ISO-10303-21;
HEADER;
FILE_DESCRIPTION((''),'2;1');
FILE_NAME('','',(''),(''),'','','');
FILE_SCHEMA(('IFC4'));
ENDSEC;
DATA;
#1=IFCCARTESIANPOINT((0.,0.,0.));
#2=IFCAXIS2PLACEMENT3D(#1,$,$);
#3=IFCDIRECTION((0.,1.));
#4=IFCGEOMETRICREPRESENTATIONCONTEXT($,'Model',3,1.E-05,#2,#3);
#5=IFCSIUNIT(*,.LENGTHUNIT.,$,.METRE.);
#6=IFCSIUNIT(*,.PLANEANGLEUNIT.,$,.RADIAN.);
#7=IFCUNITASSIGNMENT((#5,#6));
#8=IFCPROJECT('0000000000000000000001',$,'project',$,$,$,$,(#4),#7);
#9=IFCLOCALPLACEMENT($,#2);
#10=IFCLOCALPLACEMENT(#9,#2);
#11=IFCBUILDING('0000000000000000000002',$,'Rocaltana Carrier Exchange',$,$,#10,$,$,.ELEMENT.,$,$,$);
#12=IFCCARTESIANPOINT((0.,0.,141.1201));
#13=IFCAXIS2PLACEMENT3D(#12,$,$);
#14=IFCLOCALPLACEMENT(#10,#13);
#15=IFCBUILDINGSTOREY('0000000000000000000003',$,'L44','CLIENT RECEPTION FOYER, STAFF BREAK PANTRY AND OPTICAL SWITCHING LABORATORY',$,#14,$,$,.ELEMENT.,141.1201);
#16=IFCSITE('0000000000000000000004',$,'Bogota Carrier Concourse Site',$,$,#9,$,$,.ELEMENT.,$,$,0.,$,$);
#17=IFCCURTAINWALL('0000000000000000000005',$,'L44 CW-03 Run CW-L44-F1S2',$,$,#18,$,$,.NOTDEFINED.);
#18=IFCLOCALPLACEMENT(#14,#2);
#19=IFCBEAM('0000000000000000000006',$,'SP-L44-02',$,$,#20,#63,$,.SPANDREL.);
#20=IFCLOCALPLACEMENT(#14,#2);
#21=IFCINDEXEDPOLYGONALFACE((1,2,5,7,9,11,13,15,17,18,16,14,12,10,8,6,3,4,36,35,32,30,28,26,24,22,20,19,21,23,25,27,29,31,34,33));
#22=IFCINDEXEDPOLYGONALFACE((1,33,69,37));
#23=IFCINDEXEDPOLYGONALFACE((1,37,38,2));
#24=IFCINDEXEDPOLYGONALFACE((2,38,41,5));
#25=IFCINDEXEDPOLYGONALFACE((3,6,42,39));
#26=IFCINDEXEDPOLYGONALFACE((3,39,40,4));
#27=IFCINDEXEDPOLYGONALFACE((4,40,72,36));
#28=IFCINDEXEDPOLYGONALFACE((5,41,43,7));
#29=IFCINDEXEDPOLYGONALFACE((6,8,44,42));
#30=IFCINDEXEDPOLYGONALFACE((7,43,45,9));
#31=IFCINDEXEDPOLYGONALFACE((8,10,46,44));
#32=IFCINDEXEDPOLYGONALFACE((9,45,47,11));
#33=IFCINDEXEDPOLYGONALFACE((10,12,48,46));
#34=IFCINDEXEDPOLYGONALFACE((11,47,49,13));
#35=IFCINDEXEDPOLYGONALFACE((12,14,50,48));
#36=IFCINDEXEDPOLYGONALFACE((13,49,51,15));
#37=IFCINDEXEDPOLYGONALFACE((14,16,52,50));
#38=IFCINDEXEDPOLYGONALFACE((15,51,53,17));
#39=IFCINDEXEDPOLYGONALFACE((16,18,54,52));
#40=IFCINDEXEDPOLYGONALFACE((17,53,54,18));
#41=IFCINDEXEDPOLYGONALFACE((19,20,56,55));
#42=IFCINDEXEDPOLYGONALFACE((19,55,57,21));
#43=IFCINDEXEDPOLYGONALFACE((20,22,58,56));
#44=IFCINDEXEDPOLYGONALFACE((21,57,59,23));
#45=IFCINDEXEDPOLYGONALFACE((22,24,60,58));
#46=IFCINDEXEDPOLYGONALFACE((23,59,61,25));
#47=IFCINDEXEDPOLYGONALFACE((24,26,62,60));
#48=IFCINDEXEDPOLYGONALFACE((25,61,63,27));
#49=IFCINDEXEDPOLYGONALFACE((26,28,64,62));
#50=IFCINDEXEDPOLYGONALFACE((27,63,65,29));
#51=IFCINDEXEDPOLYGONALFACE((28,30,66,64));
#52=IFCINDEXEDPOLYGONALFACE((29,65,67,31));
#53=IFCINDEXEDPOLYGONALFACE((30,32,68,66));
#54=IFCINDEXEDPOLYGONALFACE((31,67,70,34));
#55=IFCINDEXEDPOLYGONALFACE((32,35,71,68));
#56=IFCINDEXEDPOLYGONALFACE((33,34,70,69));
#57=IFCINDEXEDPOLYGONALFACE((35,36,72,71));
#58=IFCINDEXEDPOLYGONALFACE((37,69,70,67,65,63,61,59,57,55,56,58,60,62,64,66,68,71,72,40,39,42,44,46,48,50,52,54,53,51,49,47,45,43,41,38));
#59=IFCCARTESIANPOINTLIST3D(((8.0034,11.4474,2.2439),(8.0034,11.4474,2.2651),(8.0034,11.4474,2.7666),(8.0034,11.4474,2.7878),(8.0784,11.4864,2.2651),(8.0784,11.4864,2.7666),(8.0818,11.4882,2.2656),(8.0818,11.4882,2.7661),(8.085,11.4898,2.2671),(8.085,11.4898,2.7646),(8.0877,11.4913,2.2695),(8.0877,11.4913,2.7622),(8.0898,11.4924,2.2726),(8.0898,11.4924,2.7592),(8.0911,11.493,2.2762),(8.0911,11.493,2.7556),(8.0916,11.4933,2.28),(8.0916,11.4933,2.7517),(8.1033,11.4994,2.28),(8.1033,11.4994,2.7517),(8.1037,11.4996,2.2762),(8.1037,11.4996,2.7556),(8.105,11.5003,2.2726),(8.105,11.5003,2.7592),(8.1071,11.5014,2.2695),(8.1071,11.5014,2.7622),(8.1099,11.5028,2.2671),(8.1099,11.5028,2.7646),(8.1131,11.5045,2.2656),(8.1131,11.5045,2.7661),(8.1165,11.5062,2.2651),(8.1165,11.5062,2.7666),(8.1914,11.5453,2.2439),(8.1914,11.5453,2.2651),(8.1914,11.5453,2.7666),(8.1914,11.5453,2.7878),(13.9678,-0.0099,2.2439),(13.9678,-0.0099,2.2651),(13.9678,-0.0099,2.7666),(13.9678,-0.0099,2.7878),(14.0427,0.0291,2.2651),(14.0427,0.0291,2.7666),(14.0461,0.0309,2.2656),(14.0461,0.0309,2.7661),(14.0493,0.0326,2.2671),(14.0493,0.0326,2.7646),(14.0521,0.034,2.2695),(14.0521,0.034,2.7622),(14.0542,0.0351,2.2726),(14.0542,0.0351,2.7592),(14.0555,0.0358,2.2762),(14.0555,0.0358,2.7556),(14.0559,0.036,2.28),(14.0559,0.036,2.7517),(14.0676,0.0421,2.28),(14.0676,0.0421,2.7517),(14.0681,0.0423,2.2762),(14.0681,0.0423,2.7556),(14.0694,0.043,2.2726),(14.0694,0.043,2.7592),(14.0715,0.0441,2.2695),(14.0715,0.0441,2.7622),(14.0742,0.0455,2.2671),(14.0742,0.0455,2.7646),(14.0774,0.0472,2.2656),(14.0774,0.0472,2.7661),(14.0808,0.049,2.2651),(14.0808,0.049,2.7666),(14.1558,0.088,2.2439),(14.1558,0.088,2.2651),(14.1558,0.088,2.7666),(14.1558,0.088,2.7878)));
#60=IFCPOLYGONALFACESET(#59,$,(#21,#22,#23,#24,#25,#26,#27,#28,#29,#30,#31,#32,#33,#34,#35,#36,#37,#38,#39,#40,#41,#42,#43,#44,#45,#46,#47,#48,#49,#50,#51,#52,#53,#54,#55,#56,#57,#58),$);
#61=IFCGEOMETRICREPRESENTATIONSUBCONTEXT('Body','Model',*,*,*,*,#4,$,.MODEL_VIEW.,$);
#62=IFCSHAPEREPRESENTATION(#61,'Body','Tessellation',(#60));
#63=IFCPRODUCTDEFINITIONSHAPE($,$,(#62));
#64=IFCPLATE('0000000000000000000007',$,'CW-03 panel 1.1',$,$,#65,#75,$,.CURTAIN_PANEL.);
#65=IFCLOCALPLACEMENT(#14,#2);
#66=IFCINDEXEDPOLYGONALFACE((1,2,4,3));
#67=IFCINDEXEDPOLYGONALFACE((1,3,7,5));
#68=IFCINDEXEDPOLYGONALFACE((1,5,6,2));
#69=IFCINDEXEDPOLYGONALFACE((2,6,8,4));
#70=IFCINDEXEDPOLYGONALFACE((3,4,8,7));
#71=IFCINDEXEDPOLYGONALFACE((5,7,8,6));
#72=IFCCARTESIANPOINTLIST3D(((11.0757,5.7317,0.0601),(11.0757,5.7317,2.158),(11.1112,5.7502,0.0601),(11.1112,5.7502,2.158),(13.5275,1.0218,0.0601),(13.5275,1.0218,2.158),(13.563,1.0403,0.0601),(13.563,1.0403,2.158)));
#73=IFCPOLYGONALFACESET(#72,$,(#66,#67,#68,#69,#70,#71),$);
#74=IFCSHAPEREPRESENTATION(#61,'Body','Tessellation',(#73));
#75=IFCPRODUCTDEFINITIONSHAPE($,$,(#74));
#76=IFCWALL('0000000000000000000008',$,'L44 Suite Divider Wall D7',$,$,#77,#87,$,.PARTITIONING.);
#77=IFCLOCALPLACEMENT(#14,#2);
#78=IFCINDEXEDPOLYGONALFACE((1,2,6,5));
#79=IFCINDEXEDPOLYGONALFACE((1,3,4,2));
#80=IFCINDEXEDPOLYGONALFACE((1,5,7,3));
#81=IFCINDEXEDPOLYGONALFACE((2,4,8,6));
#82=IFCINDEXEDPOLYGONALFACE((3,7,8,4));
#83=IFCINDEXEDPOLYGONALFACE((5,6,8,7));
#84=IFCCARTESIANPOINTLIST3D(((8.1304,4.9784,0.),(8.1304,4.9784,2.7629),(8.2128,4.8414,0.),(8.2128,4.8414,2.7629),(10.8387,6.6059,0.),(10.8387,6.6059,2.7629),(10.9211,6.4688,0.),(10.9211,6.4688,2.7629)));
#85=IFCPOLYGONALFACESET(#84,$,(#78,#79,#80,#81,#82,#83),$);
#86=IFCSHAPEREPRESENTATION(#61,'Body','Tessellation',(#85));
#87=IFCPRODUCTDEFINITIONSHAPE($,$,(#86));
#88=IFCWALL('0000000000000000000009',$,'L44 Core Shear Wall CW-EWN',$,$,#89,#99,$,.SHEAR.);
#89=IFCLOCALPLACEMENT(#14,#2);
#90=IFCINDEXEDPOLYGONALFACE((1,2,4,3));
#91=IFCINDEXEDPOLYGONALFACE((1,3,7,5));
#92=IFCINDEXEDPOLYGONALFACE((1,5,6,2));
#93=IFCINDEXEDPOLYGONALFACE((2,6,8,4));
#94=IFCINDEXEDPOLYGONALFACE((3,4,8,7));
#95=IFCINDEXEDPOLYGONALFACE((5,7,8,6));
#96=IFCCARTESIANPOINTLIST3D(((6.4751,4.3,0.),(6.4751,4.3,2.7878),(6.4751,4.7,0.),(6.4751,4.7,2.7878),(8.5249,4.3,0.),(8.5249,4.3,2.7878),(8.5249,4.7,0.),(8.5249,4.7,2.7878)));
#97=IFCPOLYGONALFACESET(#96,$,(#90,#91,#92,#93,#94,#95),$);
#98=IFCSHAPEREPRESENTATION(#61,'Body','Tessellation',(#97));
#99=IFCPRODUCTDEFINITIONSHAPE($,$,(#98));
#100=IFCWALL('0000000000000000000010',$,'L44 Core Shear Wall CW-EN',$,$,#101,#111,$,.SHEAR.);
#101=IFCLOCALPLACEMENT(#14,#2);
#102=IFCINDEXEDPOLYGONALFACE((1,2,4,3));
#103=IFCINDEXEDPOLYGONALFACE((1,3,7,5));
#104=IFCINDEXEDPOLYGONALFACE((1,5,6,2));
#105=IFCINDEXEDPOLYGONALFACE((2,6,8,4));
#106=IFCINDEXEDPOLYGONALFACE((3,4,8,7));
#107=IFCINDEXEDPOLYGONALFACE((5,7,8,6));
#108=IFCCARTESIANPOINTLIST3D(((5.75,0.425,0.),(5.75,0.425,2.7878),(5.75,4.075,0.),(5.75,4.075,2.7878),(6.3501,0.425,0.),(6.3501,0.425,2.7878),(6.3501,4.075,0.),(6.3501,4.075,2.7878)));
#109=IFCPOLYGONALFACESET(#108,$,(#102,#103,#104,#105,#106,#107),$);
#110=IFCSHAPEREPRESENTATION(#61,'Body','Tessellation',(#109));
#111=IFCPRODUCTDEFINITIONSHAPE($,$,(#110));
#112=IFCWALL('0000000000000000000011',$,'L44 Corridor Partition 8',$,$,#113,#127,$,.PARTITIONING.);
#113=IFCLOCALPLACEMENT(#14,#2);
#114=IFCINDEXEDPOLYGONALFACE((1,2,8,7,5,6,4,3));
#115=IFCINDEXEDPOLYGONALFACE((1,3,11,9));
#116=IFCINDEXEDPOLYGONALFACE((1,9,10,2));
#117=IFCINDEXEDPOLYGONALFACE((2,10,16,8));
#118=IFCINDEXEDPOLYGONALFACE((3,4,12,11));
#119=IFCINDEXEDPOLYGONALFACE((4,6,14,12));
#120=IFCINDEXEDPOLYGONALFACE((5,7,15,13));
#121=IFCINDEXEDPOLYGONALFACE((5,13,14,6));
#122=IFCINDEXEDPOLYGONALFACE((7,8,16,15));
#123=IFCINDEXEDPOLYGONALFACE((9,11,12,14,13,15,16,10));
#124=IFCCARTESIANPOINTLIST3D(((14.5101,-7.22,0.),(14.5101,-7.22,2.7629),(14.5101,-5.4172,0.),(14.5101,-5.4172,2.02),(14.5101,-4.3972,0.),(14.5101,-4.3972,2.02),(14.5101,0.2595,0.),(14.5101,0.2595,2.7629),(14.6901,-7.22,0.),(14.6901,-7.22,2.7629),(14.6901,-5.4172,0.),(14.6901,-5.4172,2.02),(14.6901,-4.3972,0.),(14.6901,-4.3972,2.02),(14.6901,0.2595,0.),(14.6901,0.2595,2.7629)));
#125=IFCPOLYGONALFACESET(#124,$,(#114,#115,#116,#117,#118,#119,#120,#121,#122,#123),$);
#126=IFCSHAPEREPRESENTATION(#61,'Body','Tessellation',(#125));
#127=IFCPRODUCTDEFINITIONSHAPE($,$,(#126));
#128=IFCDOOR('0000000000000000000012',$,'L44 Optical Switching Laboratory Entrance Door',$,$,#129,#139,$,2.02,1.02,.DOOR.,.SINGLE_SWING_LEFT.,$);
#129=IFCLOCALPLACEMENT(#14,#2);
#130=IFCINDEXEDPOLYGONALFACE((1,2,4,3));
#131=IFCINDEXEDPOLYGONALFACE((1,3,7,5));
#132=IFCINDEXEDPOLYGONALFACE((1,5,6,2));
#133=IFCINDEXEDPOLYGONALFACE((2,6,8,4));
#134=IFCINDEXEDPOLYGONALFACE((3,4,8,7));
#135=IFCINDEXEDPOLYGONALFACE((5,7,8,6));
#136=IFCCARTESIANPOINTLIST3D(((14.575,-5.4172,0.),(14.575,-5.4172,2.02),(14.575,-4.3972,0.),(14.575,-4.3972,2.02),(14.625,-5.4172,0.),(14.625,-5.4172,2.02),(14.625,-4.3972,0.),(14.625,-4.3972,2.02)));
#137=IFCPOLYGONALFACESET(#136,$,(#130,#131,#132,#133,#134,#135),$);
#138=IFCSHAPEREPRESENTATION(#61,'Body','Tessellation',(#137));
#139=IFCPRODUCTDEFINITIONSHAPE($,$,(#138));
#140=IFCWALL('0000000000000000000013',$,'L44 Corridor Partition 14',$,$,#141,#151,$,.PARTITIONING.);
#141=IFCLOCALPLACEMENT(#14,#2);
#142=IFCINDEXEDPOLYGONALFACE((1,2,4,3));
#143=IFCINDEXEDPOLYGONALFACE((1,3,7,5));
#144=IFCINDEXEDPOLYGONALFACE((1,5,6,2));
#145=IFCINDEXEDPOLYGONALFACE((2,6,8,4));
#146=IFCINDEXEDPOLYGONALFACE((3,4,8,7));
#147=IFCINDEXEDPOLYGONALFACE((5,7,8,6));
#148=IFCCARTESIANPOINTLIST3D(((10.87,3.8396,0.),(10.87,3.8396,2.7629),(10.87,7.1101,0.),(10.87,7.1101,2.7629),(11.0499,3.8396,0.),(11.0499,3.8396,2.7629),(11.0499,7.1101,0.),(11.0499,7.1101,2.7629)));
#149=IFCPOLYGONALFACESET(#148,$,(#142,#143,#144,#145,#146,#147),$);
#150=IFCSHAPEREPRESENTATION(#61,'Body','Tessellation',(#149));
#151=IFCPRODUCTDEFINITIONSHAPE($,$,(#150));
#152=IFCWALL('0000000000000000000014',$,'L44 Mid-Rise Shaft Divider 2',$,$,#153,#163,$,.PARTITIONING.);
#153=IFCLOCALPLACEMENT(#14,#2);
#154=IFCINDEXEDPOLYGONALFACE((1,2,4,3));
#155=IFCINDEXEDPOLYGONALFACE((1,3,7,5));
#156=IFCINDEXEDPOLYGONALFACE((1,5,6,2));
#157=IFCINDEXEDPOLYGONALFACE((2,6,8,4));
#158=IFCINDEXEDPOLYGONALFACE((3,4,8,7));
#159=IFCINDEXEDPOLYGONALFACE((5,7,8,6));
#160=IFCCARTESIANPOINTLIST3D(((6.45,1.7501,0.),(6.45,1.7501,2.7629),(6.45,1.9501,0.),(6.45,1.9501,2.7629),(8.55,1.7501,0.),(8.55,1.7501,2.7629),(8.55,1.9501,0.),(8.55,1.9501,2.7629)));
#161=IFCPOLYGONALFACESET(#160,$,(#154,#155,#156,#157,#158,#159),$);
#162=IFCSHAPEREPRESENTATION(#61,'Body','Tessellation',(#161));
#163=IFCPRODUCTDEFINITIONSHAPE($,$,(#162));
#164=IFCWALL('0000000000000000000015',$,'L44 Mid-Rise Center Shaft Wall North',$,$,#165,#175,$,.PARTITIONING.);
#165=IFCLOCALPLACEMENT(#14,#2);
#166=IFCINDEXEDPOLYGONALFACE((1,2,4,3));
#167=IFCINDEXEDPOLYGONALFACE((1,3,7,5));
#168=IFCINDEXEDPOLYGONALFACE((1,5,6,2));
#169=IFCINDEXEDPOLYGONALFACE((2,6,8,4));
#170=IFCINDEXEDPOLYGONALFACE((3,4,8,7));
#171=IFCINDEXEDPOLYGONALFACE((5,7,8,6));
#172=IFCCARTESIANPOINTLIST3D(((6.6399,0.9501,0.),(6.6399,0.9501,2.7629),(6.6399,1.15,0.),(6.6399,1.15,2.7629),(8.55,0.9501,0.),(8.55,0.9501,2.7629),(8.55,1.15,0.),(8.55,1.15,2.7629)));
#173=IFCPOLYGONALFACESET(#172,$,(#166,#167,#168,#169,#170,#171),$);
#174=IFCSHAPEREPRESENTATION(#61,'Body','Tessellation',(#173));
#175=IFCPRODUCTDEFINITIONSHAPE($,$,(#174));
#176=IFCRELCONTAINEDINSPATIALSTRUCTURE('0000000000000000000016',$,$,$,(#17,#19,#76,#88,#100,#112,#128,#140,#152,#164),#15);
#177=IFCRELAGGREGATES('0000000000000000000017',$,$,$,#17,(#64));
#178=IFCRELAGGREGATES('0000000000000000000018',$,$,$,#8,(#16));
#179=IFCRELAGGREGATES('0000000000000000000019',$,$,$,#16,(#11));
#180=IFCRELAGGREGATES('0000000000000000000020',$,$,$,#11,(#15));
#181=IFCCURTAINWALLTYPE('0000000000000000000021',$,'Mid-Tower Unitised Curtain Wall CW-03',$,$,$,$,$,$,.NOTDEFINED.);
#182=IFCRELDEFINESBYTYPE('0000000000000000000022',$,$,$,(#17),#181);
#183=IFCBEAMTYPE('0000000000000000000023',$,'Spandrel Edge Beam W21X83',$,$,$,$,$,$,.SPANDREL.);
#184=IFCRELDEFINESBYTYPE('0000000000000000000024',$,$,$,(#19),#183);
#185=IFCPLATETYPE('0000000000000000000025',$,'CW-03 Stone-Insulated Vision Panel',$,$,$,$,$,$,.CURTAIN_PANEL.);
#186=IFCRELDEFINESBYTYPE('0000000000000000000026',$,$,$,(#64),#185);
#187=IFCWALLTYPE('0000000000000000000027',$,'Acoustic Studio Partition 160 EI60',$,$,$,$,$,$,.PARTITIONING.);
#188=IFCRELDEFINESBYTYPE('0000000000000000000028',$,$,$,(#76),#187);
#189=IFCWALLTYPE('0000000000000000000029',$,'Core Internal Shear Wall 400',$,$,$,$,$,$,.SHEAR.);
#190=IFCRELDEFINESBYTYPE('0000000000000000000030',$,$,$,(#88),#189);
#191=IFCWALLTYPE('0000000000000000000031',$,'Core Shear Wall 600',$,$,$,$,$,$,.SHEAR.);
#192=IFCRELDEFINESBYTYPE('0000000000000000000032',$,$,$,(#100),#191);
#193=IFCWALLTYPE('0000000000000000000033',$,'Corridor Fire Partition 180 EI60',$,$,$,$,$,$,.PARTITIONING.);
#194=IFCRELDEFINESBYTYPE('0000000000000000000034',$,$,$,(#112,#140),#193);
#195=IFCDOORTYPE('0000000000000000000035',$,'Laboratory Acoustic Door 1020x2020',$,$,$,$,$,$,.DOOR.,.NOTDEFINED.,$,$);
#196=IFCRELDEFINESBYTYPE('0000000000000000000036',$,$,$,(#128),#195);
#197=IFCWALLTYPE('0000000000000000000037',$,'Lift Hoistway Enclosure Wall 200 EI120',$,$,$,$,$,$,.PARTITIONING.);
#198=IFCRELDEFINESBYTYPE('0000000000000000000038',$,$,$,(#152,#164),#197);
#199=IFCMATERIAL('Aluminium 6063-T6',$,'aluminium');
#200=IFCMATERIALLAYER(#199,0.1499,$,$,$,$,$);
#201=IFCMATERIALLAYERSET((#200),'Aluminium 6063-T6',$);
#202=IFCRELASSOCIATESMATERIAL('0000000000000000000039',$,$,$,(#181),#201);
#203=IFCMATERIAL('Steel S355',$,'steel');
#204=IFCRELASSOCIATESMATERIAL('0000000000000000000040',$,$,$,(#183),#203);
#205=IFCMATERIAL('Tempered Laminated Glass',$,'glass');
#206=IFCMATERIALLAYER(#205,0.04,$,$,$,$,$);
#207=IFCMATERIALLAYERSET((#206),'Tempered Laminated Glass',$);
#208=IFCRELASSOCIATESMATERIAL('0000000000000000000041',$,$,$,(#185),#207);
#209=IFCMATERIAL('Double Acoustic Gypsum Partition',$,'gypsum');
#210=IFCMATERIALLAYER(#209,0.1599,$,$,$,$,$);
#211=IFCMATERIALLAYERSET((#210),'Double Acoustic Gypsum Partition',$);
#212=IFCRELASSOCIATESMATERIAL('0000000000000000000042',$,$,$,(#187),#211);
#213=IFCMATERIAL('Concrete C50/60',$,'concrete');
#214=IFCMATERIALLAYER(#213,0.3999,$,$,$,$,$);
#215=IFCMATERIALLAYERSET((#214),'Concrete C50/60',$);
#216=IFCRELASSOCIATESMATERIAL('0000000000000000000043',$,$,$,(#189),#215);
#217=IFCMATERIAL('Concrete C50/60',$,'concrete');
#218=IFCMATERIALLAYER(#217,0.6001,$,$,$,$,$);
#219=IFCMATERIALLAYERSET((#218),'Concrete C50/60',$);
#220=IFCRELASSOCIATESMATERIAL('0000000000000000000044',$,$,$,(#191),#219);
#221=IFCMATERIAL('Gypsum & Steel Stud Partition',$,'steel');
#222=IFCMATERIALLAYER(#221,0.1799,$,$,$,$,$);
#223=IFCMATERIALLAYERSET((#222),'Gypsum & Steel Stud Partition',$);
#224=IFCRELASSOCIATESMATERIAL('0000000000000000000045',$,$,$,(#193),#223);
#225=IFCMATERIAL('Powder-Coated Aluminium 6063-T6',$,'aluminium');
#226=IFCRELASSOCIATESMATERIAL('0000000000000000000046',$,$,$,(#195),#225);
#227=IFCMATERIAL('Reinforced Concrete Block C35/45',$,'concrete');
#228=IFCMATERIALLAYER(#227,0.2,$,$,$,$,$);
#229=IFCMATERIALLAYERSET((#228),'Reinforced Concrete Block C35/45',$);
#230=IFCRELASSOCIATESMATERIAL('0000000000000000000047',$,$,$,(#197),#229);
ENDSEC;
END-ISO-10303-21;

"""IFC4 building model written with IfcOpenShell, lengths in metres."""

from ifc_helpers import new_model, si_unit, direction, frame, frame_2d, origin, origin_2d, place, context, subcontext, project, spatial, rectangle, i_section, extrude, material, layer, layer_set, material_profile, profile_set, type_object, element, fill, aggregate, save


model = new_model("IFC4")

# Units and contexts
model_context = context("Model", 3, precision=1e-05, world=origin(), true_north=direction((0.0, 1.0)))
body_context = subcontext(model_context, "Body", "Model", "MODEL_VIEW")
ifc_project = project(units=[si_unit("LENGTHUNIT", "METRE"), si_unit("PLANEANGLEUNIT", "RADIAN")], contexts=[model_context])

# Site, building, storey
site_placement = place(None, origin())
site = spatial("IfcSite", under=ifc_project, at=site_placement, Name="Bogota Carrier Concourse Site", CompositionType="ELEMENT", RefElevation=0.0)
building_placement = place(site_placement, origin())
building = spatial("IfcBuilding", under=site, at=building_placement, Name="Rocaltana Carrier Exchange", CompositionType="ELEMENT")
storey_placement = place(building_placement, frame((0.0, 0.0, 141.1201)))
storey = spatial("IfcBuildingStorey", under=building, at=storey_placement, Name="L44", Description="CLIENT RECEPTION FOYER, STAFF BREAK PANTRY AND OPTICAL SWITCHING LABORATORY", CompositionType="ELEMENT", Elevation=141.1201)

# Curtain wall
ifc_material_1 = material(Name="Aluminium 6063-T6", Category="aluminium")
ifc_layer_1 = layer(ifc_material_1, 0.1499)
ifc_layer_set_1 = layer_set([ifc_layer_1], Name="Aluminium 6063-T6")
curtain_wall_type = type_object("IfcCurtainWallType", Name="Mid-Tower Unitised Curtain Wall CW-03", PredefinedType="NOTDEFINED", material=ifc_layer_set_1)
curtain_wall_placement = place(storey_placement, origin())
curtain_wall = element("IfcCurtainWall", 1, at=curtain_wall_placement, inside=storey, type_object=curtain_wall_type, Name="L44 CW-03 Run CW-L44-F1S2", PredefinedType="NOTDEFINED")

# Beam
ifc_material_2 = material(Name="Steel S355", Category="steel")
ifc_material_profile_1 = material_profile(ifc_material_2, i_section(OverallWidth=0.2119, OverallDepth=0.5439, WebThickness=0.0132, FlangeThickness=0.0212, FilletRadius=0.0149, at=origin_2d()), Name="W21X83")
ifc_profile_set_1 = profile_set([ifc_material_profile_1], Name="Steel S355")
beam_type_1 = type_object("IfcBeamType", Name="Spandrel Edge Beam W21X83", PredefinedType="SPANDREL", material=ifc_profile_set_1)
beam_1_placement = place(storey_placement, frame((14.0618, 0.0391, 2.5159), z_axis=(-0.461753, 0.887008, 0.0), x_axis=(-0.887008, -0.461753, 0.0)))
element("IfcBeam", 2, at=beam_1_placement, inside=storey, type_object=beam_type_1, Name="SP-L44-02", PredefinedType="SPANDREL", context=body_context, shape_type="SweptSolid", body=[
    extrude(i_section(OverallWidth=0.2119, OverallDepth=0.5439, WebThickness=0.0132, FlangeThickness=0.0212, FilletRadius=0.0149, at=origin_2d()), origin(), (0.0, 0.0, 1.0), 12.9167),
])

# Plate
ifc_material_3 = material(Name="Tempered Laminated Glass", Category="glass")
ifc_layer_2 = layer(ifc_material_3, 0.04)
ifc_layer_set_2 = layer_set([ifc_layer_2], Name="Tempered Laminated Glass")
plate_type = type_object("IfcPlateType", Name="CW-03 Stone-Insulated Vision Panel", PredefinedType="CURTAIN_PANEL", material=ifc_layer_set_2)
plate_placement = place(storey_placement, frame((12.3193, 3.386, 0.0601), z_axis=(0.0, 0.0, 1.0), x_axis=(-0.461747, 0.887012, 0.0)))
plate = element("IfcPlate", 3, at=plate_placement, type_object=plate_type, Name="CW-03 panel 1.1", PredefinedType="CURTAIN_PANEL", context=body_context, shape_type="SweptSolid", body=[
    extrude(rectangle(XDim=5.3098, YDim=0.04, at=origin_2d()), origin(), (0.0, 0.0, 1.0), 2.0979),
])
aggregate(curtain_wall, [plate])

# Walls
ifc_material_4 = material(Name="Double Acoustic Gypsum Partition", Category="gypsum")
ifc_layer_3 = layer(ifc_material_4, 0.1599)
ifc_layer_set_3 = layer_set([ifc_layer_3], Name="Double Acoustic Gypsum Partition")
wall_type_1 = type_object("IfcWallType", Name="Acoustic Studio Partition 160 EI60", PredefinedType="PARTITIONING", material=ifc_layer_set_3)
wall_1_placement = place(storey_placement, frame((8.1716, 4.9099, 0.0), z_axis=(0.0, 0.0, 1.0), x_axis=(0.857145, 0.515075, 0.0)))
element("IfcWall", 4, at=wall_1_placement, inside=storey, type_object=wall_type_1, Name="L44 Suite Divider Wall D7", PredefinedType="PARTITIONING", context=body_context, shape_type="SweptSolid", body=[
    extrude(rectangle(XDim=3.1597, YDim=0.1599, at=frame_2d((1.5798, 0.0))), origin(), (0.0, 0.0, 1.0), 2.7629),
])
ifc_material_5 = material(Name="Concrete C50/60", Category="concrete")
ifc_layer_4 = layer(ifc_material_5, 0.3999)
ifc_layer_set_4 = layer_set([ifc_layer_4], Name="Concrete C50/60")
wall_type_2 = type_object("IfcWallType", Name="Core Internal Shear Wall 400", PredefinedType="SHEAR", material=ifc_layer_set_4)
wall_2_placement = place(storey_placement, frame((6.4751, 4.5, 0.0), z_axis=(0.0, 0.0, 1.0), x_axis=(1.0, 0.0, 0.0)))
element("IfcWall", 5, at=wall_2_placement, inside=storey, type_object=wall_type_2, Name="L44 Core Shear Wall CW-EWN", PredefinedType="SHEAR", context=body_context, shape_type="SweptSolid", body=[
    extrude(rectangle(XDim=2.0498, YDim=0.3999, at=frame_2d((1.0249, 0.0))), origin(), (0.0, 0.0, 1.0), 2.7878),
])
ifc_material_6 = material(Name="Concrete C50/60", Category="concrete")
ifc_layer_5 = layer(ifc_material_6, 0.6001)
ifc_layer_set_5 = layer_set([ifc_layer_5], Name="Concrete C50/60")
wall_type_3 = type_object("IfcWallType", Name="Core Shear Wall 600", PredefinedType="SHEAR", material=ifc_layer_set_5)
wall_3_placement = place(storey_placement, frame((6.05, 0.425, 0.0), z_axis=(0.0, 0.0, 1.0), x_axis=(0.0, 1.0, 0.0)))
element("IfcWall", 6, at=wall_3_placement, inside=storey, type_object=wall_type_3, Name="L44 Core Shear Wall CW-EN", PredefinedType="SHEAR", context=body_context, shape_type="SweptSolid", body=[
    extrude(rectangle(XDim=3.6499, YDim=0.6001, at=frame_2d((1.825, 0.0))), origin(), (0.0, 0.0, 1.0), 2.7878),
])

# Wall, opening, door
ifc_material_7 = material(Name="Gypsum & Steel Stud Partition", Category="steel")
ifc_layer_6 = layer(ifc_material_7, 0.1799)
ifc_layer_set_6 = layer_set([ifc_layer_6], Name="Gypsum & Steel Stud Partition")
wall_type_4 = type_object("IfcWallType", Name="Corridor Fire Partition 180 EI60", PredefinedType="PARTITIONING", material=ifc_layer_set_6)
wall_4_placement = place(storey_placement, frame((14.6001, 0.2595, 0.0), z_axis=(0.0, 0.0, 1.0), x_axis=(0.0, -1.0, 0.0)))
wall_4 = element("IfcWall", 7, at=wall_4_placement, inside=storey, type_object=wall_type_4, Name="L44 Corridor Partition 8", PredefinedType="PARTITIONING", context=body_context, shape_type="SweptSolid", body=[
    extrude(rectangle(XDim=7.4795, YDim=0.1799, at=frame_2d((3.7397, 0.0))), origin(), (0.0, 0.0, 1.0), 2.7629),
])
opening_placement = place(wall_4_placement, frame((4.6567, 0.0, 0.0)))
opening = element("IfcOpeningElement", 8, at=opening_placement, cuts=wall_4, PredefinedType="OPENING", context=body_context, shape_type="SweptSolid", body=[
    extrude(rectangle(XDim=1.02, YDim=2.02, at=frame_2d((0.51, 1.01))), frame((0.0, 0.0999, 0.0), z_axis=(0.0, -1.0, 0.0), x_axis=(1.0, 0.0, 0.0)), (0.0, 0.0, 1.0), 0.2),
])
ifc_material_8 = material(Name="Powder-Coated Aluminium 6063-T6", Category="aluminium")
door_type = type_object("IfcDoorType", Name="Laboratory Acoustic Door 1020x2020", OperationType="NOTDEFINED", PredefinedType="DOOR", material=ifc_material_8)
door_placement = place(opening_placement, origin())
door = element("IfcDoor", 9, at=door_placement, inside=storey, type_object=door_type, Name="L44 Optical Switching Laboratory Entrance Door", OperationType="SINGLE_SWING_LEFT", OverallHeight=2.02, OverallWidth=1.02, PredefinedType="DOOR", context=body_context, shape_type="SweptSolid", body=[
    extrude(rectangle(XDim=1.02, YDim=2.02, at=frame_2d((0.51, 1.01))), frame((0.0, 0.0249, 0.0), z_axis=(0.0, -1.0, 0.0), x_axis=(1.0, 0.0, 0.0)), (0.0, 0.0, 1.0), 0.05),
])
fill(opening, door)

# Walls
wall_5_placement = place(storey_placement, frame((10.96, 3.8396, 0.0), z_axis=(0.0, 0.0, 1.0), x_axis=(0.0, 1.0, 0.0)))
element("IfcWall", 10, at=wall_5_placement, inside=storey, type_object=wall_type_4, Name="L44 Corridor Partition 14", PredefinedType="PARTITIONING", context=body_context, shape_type="SweptSolid", body=[
    extrude(rectangle(XDim=3.2705, YDim=0.1799, at=frame_2d((1.6353, 0.0))), origin(), (0.0, 0.0, 1.0), 2.7629),
])
ifc_material_9 = material(Name="Reinforced Concrete Block C35/45", Category="concrete")
ifc_layer_7 = layer(ifc_material_9, 0.2)
ifc_layer_set_7 = layer_set([ifc_layer_7], Name="Reinforced Concrete Block C35/45")
wall_type_5 = type_object("IfcWallType", Name="Lift Hoistway Enclosure Wall 200 EI120", PredefinedType="PARTITIONING", material=ifc_layer_set_7)
wall_6_placement = place(storey_placement, frame((6.45, 1.8501, 0.0), z_axis=(0.0, 0.0, 1.0), x_axis=(1.0, 0.0, 0.0)))
element("IfcWall", 11, at=wall_6_placement, inside=storey, type_object=wall_type_5, Name="L44 Mid-Rise Shaft Divider 2", PredefinedType="PARTITIONING", context=body_context, shape_type="SweptSolid", body=[
    extrude(rectangle(XDim=2.1001, YDim=0.2, at=frame_2d((1.05, 0.0))), origin(), (0.0, 0.0, 1.0), 2.7629),
])
wall_7_placement = place(storey_placement, frame((6.6399, 1.05, 0.0), z_axis=(0.0, 0.0, 1.0), x_axis=(1.0, 0.0, 0.0)))
element("IfcWall", 12, at=wall_7_placement, inside=storey, type_object=wall_type_5, Name="L44 Mid-Rise Center Shaft Wall North", PredefinedType="PARTITIONING", context=body_context, shape_type="SweptSolid", body=[
    extrude(rectangle(XDim=1.9102, YDim=0.2, at=frame_2d((0.9551, 0.0))), origin(), (0.0, 0.0, 1.0), 2.7629),
])

save(model, "model.ifc")
